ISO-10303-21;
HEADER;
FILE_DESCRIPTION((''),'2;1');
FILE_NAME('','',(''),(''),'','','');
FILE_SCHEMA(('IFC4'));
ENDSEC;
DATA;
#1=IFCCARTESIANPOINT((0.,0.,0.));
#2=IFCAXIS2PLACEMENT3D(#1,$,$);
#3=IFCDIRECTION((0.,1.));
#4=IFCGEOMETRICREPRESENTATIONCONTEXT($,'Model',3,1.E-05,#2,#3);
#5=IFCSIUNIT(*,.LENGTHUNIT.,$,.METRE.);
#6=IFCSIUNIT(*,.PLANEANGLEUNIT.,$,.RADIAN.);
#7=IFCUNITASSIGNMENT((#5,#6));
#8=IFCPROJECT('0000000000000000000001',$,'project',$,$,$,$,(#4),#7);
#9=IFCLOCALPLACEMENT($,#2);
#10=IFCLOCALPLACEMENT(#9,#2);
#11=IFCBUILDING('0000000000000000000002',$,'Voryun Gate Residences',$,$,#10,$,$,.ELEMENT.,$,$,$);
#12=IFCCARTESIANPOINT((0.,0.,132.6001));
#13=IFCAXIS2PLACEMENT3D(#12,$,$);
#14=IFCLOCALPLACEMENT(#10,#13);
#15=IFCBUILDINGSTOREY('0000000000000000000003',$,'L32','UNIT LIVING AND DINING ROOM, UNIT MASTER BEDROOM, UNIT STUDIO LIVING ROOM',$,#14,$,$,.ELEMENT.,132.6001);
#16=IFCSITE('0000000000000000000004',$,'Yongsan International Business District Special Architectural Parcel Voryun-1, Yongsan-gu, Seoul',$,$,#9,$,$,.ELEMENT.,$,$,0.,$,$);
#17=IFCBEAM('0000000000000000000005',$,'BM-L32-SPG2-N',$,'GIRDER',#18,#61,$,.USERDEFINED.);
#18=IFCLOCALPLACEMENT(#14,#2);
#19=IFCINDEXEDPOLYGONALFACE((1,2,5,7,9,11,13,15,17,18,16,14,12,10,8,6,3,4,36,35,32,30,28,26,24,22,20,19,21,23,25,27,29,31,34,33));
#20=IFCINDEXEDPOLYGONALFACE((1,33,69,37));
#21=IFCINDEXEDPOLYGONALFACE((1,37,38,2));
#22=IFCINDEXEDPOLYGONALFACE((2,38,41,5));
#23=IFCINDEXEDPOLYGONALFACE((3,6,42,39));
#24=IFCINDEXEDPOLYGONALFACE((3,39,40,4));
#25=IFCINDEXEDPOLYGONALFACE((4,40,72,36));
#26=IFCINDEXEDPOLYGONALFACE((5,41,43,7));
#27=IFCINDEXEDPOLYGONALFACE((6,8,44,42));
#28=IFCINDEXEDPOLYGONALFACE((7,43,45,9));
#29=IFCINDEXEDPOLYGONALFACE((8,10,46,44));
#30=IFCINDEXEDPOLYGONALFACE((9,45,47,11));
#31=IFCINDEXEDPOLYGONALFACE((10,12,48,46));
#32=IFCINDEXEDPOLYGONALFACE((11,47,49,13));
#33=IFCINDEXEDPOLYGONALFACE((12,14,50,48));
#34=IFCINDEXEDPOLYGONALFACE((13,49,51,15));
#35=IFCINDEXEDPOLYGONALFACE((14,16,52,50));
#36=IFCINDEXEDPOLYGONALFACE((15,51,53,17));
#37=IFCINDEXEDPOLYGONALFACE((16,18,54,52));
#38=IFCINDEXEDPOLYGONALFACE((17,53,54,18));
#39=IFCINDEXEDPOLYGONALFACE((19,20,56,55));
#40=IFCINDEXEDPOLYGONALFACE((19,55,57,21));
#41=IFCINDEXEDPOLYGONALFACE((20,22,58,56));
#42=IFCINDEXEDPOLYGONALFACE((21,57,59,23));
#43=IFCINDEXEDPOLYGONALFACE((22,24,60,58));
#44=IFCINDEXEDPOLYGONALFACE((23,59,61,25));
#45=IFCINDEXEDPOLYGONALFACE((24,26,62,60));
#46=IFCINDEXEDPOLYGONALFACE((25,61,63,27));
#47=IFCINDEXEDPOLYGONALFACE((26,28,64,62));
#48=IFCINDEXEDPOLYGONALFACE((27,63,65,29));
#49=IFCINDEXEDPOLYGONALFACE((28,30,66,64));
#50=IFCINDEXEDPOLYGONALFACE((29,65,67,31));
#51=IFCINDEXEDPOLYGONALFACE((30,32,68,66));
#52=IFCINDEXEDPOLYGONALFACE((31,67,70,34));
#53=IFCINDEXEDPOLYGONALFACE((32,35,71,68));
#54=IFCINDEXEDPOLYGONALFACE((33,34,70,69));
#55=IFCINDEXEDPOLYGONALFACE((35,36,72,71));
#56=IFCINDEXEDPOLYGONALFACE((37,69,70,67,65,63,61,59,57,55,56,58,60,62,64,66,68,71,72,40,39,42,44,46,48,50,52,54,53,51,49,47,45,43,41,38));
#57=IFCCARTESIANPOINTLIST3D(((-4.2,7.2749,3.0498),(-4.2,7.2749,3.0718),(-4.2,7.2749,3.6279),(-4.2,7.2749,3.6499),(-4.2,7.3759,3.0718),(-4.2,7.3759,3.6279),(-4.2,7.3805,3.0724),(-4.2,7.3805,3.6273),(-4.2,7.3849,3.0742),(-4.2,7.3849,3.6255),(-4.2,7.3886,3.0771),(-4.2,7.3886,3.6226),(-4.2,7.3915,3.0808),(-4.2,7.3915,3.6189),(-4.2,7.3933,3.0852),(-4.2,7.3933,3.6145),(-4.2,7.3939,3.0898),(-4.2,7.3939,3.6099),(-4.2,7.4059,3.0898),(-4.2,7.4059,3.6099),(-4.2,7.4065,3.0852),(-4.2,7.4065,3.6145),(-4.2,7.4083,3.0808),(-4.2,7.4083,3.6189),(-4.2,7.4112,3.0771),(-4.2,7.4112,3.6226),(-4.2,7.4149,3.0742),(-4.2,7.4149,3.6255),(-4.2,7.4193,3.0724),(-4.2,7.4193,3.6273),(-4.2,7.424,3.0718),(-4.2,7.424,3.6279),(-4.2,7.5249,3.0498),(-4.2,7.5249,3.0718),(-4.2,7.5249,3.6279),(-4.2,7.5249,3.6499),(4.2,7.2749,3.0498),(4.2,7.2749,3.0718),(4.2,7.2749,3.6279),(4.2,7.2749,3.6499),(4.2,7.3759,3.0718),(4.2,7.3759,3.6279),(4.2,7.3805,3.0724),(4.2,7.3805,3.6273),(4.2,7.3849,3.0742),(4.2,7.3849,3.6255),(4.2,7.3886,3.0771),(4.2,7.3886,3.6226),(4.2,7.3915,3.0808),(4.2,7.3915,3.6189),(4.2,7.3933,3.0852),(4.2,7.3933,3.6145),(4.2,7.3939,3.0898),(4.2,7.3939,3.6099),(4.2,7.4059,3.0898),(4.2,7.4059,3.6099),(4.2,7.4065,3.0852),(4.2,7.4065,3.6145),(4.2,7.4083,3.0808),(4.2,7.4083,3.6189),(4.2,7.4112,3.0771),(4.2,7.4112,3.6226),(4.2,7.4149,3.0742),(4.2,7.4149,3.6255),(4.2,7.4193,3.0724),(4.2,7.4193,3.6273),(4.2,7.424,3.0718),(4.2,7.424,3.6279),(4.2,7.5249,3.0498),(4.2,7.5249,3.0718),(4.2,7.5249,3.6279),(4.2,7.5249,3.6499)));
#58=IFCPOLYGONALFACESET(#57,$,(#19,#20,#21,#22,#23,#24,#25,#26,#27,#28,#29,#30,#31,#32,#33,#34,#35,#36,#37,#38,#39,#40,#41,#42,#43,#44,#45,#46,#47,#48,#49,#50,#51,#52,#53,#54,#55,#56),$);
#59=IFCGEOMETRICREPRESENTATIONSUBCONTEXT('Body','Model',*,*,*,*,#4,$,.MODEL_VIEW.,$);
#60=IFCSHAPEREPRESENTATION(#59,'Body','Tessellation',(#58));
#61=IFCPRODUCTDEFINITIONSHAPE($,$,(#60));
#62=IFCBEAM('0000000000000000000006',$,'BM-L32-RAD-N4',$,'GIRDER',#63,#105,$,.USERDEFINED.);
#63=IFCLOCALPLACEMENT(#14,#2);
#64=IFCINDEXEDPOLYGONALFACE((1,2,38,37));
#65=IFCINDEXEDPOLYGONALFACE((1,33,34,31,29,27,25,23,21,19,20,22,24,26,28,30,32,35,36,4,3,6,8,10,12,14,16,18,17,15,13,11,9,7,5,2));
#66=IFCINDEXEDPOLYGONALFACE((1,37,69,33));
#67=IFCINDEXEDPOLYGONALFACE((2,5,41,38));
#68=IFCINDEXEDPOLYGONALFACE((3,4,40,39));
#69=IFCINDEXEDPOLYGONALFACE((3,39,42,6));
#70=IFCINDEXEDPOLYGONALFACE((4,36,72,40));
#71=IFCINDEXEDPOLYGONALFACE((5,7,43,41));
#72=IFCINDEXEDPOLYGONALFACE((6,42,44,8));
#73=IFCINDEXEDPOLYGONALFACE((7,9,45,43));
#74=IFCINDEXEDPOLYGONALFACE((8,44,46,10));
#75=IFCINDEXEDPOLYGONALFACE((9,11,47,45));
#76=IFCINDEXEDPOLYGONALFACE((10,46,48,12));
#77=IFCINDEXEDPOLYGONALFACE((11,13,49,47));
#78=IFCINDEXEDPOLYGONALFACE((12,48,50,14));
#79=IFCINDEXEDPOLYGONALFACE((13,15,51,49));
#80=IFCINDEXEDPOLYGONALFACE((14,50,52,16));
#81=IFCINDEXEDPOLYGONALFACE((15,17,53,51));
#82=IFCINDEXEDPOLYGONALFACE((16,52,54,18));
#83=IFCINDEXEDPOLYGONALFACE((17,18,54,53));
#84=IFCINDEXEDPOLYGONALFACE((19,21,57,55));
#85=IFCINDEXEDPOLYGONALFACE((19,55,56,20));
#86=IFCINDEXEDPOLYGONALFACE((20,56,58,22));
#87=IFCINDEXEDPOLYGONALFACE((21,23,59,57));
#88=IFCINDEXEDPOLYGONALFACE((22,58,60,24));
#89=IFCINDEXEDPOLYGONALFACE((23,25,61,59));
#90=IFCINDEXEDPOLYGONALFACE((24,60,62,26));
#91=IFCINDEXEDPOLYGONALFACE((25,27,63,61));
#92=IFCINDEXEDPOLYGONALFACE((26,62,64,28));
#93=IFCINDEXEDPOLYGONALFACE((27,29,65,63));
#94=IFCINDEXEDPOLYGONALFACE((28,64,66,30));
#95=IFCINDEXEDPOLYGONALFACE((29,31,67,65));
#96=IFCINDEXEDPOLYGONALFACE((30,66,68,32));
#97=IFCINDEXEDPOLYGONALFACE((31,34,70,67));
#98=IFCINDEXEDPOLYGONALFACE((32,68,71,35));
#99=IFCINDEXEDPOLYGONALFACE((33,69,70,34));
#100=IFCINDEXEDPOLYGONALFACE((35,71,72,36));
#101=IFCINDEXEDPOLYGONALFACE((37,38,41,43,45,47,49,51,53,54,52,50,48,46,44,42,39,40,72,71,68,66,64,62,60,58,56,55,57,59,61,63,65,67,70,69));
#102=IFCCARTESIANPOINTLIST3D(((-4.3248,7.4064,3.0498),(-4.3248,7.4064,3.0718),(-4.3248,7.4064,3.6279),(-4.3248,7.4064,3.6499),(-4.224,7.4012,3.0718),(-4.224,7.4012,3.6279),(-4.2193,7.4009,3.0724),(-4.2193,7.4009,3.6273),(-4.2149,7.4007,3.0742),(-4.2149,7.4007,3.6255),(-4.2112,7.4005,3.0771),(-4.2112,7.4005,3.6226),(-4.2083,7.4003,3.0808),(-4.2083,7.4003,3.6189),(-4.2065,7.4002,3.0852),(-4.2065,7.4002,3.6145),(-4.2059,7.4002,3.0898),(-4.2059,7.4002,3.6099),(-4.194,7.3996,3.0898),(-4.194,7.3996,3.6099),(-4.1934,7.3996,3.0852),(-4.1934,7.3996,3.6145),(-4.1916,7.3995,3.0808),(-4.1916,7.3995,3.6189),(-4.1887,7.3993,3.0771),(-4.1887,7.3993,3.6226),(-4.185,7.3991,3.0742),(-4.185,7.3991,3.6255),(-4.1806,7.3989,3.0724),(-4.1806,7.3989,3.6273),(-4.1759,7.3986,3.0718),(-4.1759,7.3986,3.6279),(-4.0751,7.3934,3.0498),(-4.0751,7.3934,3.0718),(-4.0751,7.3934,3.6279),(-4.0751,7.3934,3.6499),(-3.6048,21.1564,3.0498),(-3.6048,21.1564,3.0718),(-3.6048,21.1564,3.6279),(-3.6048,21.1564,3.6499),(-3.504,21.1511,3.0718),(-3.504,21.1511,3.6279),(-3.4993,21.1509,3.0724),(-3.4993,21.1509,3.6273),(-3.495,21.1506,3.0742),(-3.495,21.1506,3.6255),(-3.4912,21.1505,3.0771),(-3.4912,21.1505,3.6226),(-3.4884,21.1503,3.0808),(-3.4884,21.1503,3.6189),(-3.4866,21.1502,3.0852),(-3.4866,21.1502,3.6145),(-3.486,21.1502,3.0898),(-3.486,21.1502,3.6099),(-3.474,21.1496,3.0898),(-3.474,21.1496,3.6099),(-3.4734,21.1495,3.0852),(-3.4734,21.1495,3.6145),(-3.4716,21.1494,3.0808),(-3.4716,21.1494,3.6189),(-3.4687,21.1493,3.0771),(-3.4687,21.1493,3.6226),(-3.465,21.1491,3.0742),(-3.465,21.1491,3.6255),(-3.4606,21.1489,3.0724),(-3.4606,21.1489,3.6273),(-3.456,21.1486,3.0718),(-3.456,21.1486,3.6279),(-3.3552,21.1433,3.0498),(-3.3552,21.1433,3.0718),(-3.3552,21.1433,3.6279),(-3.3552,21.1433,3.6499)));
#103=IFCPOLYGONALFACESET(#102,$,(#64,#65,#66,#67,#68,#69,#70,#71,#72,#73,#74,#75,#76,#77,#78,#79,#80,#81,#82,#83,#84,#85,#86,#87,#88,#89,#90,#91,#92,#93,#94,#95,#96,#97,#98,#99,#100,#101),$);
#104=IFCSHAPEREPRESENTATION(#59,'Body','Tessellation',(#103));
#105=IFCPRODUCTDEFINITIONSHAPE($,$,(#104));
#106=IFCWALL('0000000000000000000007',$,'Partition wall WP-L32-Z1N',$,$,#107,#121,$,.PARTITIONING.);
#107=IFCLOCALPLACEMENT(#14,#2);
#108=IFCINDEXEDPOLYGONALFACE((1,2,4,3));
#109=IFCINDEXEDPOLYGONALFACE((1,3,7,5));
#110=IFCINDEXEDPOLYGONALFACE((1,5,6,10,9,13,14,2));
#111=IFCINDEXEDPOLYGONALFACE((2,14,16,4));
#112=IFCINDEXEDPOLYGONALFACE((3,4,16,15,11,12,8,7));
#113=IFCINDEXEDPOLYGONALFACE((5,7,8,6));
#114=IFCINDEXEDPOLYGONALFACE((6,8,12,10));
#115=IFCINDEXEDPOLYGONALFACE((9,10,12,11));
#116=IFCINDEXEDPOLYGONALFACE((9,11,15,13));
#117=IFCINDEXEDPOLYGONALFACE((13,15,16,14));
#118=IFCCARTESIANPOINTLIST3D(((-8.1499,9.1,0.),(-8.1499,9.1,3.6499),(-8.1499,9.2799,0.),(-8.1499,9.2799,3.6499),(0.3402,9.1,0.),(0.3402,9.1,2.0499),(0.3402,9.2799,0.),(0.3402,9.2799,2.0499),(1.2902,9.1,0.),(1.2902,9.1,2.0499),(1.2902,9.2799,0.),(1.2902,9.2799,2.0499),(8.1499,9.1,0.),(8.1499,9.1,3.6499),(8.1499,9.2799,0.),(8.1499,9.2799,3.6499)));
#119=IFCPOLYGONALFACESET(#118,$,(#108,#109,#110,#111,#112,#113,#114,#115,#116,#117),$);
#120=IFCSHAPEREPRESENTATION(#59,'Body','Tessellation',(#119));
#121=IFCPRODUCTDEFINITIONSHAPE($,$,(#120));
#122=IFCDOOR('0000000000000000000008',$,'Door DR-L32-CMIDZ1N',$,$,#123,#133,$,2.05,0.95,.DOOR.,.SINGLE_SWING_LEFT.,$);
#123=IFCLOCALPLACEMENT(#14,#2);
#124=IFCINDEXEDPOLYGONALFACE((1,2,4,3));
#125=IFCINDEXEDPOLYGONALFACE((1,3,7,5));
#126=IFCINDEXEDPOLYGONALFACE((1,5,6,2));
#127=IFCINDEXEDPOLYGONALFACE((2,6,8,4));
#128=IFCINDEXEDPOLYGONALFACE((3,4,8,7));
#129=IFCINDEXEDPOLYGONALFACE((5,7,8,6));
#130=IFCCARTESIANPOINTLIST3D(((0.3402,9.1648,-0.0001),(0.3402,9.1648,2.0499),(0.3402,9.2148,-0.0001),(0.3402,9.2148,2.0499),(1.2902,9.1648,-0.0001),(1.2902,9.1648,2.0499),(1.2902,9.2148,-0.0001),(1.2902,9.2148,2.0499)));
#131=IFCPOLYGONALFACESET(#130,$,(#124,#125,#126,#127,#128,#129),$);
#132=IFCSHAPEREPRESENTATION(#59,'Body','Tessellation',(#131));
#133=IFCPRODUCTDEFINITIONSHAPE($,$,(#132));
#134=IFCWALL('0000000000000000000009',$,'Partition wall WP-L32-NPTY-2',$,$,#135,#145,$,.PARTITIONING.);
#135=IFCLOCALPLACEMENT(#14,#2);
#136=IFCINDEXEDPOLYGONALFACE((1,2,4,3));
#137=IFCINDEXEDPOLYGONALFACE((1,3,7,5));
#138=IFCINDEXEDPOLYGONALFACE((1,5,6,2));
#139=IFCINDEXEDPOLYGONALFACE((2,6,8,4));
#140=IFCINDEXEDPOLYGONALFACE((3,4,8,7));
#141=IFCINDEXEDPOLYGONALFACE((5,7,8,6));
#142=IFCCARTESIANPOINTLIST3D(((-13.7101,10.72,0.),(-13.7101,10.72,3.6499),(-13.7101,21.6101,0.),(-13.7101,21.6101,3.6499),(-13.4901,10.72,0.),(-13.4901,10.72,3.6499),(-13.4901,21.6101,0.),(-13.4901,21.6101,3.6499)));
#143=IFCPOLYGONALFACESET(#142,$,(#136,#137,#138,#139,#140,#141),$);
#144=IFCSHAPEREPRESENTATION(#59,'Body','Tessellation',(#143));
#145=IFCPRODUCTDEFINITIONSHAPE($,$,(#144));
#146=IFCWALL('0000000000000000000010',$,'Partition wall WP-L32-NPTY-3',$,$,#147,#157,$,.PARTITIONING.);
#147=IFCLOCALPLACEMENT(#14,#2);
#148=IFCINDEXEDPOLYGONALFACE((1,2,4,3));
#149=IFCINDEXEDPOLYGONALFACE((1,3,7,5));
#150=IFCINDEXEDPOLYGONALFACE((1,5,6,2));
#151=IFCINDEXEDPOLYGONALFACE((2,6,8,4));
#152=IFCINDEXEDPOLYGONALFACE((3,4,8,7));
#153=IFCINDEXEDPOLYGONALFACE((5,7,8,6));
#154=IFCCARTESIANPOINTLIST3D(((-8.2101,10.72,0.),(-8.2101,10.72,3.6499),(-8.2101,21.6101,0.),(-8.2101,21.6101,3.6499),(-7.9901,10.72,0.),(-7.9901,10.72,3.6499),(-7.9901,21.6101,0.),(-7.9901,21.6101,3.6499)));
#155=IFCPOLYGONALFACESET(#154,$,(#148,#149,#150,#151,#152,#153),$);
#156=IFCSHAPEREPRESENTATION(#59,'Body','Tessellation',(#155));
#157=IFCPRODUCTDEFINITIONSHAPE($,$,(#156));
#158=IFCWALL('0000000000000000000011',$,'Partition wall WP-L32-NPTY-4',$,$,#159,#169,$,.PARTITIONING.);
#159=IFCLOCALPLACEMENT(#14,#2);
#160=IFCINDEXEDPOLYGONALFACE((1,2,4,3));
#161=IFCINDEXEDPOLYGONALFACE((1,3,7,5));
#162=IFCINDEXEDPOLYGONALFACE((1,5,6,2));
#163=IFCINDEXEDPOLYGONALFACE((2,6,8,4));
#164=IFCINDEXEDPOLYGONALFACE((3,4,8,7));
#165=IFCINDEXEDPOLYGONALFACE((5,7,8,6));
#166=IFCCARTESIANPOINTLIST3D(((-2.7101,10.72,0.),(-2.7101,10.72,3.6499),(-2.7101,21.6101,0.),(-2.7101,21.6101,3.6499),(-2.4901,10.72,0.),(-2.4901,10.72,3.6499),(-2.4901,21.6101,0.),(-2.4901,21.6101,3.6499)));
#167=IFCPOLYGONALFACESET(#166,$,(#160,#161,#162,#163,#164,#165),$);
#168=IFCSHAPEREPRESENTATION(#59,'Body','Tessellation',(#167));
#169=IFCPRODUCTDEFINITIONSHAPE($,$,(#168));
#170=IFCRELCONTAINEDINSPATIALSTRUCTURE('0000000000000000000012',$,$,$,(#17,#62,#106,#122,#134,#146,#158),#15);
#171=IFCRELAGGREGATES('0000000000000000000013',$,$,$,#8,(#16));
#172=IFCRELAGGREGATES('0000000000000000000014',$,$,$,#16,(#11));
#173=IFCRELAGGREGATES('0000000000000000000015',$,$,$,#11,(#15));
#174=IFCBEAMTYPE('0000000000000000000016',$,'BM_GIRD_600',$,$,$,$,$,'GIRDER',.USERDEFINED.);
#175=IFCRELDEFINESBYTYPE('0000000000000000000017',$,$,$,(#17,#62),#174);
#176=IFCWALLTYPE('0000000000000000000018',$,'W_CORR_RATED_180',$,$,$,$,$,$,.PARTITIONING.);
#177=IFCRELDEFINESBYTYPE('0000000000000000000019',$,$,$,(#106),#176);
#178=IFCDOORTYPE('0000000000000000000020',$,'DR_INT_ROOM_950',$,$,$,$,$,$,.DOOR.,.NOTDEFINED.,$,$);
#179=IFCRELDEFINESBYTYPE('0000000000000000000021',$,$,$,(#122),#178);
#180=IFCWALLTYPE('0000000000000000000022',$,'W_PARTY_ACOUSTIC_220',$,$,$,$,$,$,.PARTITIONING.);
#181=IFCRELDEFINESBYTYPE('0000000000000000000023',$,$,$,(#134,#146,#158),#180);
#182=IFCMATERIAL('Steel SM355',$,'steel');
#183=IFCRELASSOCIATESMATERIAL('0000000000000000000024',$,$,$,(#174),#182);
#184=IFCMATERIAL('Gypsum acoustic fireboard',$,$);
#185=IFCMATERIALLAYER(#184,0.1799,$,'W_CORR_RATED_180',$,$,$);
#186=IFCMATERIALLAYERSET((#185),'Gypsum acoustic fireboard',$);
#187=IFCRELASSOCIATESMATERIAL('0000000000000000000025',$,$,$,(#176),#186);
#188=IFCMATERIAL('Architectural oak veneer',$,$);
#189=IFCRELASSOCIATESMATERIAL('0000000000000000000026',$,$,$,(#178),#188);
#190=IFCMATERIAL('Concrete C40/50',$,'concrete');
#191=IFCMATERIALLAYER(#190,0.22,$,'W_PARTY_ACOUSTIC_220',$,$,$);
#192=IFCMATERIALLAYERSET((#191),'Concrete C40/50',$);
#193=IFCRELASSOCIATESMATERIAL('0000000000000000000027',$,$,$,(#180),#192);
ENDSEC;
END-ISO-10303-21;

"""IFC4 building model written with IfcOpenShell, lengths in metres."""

from ifc_helpers import new_model, si_unit, direction, frame, frame_2d, origin, origin_2d, place, context, subcontext, project, spatial, rectangle, i_section, extrude, material, layer, layer_set, material_profile, profile_set, type_object, element, fill, save


model = new_model("IFC4")

# Units and contexts
model_context = context("Model", 3, precision=1e-05, world=origin(), true_north=direction((0.0, 1.0)))
body_context = subcontext(model_context, "Body", "Model", "MODEL_VIEW")
ifc_project = project(units=[si_unit("LENGTHUNIT", "METRE"), si_unit("PLANEANGLEUNIT", "RADIAN")], contexts=[model_context])

# Site, building, storey
site_placement = place(None, origin())
site = spatial("IfcSite", under=ifc_project, at=site_placement, Name="Yongsan International Business District Special Architectural Parcel Voryun-1, Yongsan-gu, Seoul", CompositionType="ELEMENT", RefElevation=0.0)
building_placement = place(site_placement, origin())
building = spatial("IfcBuilding", under=site, at=building_placement, Name="Voryun Gate Residences", CompositionType="ELEMENT")
storey_placement = place(building_placement, frame((0.0, 0.0, 132.6001)))
storey = spatial("IfcBuildingStorey", under=building, at=storey_placement, Name="L32", Description="UNIT LIVING AND DINING ROOM, UNIT MASTER BEDROOM, UNIT STUDIO LIVING ROOM", CompositionType="ELEMENT", Elevation=132.6001)

# Beams
ifc_material_1 = material(Name="Steel SM355", Category="steel")
ifc_material_profile_1 = material_profile(ifc_material_1, i_section(OverallWidth=0.25, OverallDepth=0.6001, WebThickness=0.012, FlangeThickness=0.022, FilletRadius=0.0181, at=origin_2d()), Name="H-600x250x12x22")
ifc_profile_set_1 = profile_set([ifc_material_profile_1], Name="Steel SM355")
beam_type_1 = type_object("IfcBeamType", Name="BM_GIRD_600", ElementType="GIRDER", PredefinedType="USERDEFINED", material=ifc_profile_set_1)
beam_1_placement = place(storey_placement, frame((-4.2, 7.3999, 3.3499), z_axis=(1.0, 0.0, 0.0), x_axis=(0.0, 1.0, 0.0)))
element("IfcBeam", 1, at=beam_1_placement, inside=storey, type_object=beam_type_1, Name="BM-L32-SPG2-N", ObjectType="GIRDER", PredefinedType="USERDEFINED", context=body_context, shape_type="SweptSolid", body=[
    extrude(i_section(OverallWidth=0.25, OverallDepth=0.6001, WebThickness=0.012, FlangeThickness=0.022, FilletRadius=0.0181, at=origin_2d()), origin(), (0.0, 0.0, 1.0), 8.3999),
])
beam_2_placement = place(storey_placement, frame((-4.2, 7.3999, 3.3499), z_axis=(0.05229, 0.998632, 0.0), x_axis=(-0.998632, 0.05229, 0.0)))
element("IfcBeam", 2, at=beam_2_placement, inside=storey, type_object=beam_type_1, Name="BM-L32-RAD-N4", ObjectType="GIRDER", PredefinedType="USERDEFINED", context=body_context, shape_type="SweptSolid", body=[
    extrude(i_section(OverallWidth=0.25, OverallDepth=0.6001, WebThickness=0.012, FlangeThickness=0.022, FilletRadius=0.0181, at=origin_2d()), origin(), (0.0, 0.0, 1.0), 13.7688),
])

# Wall, opening, door
ifc_material_2 = material(Name="Gypsum acoustic fireboard")
ifc_layer_1 = layer(ifc_material_2, 0.1799, Name="W_CORR_RATED_180")
ifc_layer_set_1 = layer_set([ifc_layer_1], Name="Gypsum acoustic fireboard")
wall_type_1 = type_object("IfcWallType", Name="W_CORR_RATED_180", PredefinedType="PARTITIONING", material=ifc_layer_set_1)
wall_1_placement = place(storey_placement, frame((-8.1499, 9.1899, 0.0), z_axis=(0.0, 0.0, 1.0), x_axis=(1.0, 0.0, 0.0)))
wall_1 = element("IfcWall", 3, at=wall_1_placement, inside=storey, type_object=wall_type_1, Name="Partition wall WP-L32-Z1N", PredefinedType="PARTITIONING", context=body_context, shape_type="SweptSolid", body=[
    extrude(rectangle(XDim=16.2998, YDim=0.1799, at=frame_2d((8.1499, 0.0))), origin(), (0.0, 0.0, 1.0), 3.6499),
])
opening_1_placement = place(wall_1_placement, frame((8.49, 0.0, 0.0)))
opening_1 = element("IfcOpeningElement", 4, at=opening_1_placement, cuts=wall_1, PredefinedType="OPENING", context=body_context, shape_type="SweptSolid", body=[
    extrude(rectangle(XDim=0.95, YDim=2.05, at=frame_2d((0.4751, 1.0249))), frame((0.0, 0.0999, 0.0), z_axis=(0.0, -1.0, 0.0), x_axis=(1.0, 0.0, 0.0)), (0.0, 0.0, 1.0), 0.2),
])
ifc_material_3 = material(Name="Architectural oak veneer")
door_type_1 = type_object("IfcDoorType", Name="DR_INT_ROOM_950", OperationType="NOTDEFINED", PredefinedType="DOOR", material=ifc_material_3)
door_1_placement = place(opening_1_placement, origin())
door_1 = element("IfcDoor", 5, at=door_1_placement, inside=storey, type_object=door_type_1, Name="Door DR-L32-CMIDZ1N", OperationType="SINGLE_SWING_LEFT", OverallHeight=2.05, OverallWidth=0.95, PredefinedType="DOOR", context=body_context, shape_type="SweptSolid", body=[
    extrude(rectangle(XDim=0.95, YDim=2.05, at=frame_2d((0.4751, 1.0249))), frame((0.0, 0.0249, 0.0), z_axis=(0.0, -1.0, 0.0), x_axis=(1.0, 0.0, 0.0)), (0.0, 0.0, 1.0), 0.05),
])
fill(opening_1, door_1)

# Walls
ifc_material_4 = material(Name="Concrete C40/50", Category="concrete")
ifc_layer_2 = layer(ifc_material_4, 0.22, Name="W_PARTY_ACOUSTIC_220")
ifc_layer_set_2 = layer_set([ifc_layer_2], Name="Concrete C40/50")
wall_type_2 = type_object("IfcWallType", Name="W_PARTY_ACOUSTIC_220", PredefinedType="PARTITIONING", material=ifc_layer_set_2)
for number, where, z_axis, x_axis, name in (
    (6, (-13.6001, 10.72, 0.0), (0.0, 0.0, 1.0), (0.0, 1.0, 0.0), "Partition wall WP-L32-NPTY-2"),
    (7, (-8.1001, 10.72, 0.0), (0.0, 0.0, 1.0), (0.0, 1.0, 0.0), "Partition wall WP-L32-NPTY-3"),
    (8, (-2.6001, 10.72, 0.0), (0.0, 0.0, 1.0), (0.0, 1.0, 0.0), "Partition wall WP-L32-NPTY-4"),
):
    element("IfcWall", number, at=place(storey_placement, frame(where, z_axis=z_axis, x_axis=x_axis)), inside=storey, type_object=wall_type_2, Name=name, PredefinedType="PARTITIONING", context=body_context, shape_type="SweptSolid", body=[
        extrude(rectangle(XDim=10.8901, YDim=0.22, at=frame_2d((5.4451, 0.0))), origin(), (0.0, 0.0, 1.0), 3.6499),
    ])

save(model, "model.ifc")
